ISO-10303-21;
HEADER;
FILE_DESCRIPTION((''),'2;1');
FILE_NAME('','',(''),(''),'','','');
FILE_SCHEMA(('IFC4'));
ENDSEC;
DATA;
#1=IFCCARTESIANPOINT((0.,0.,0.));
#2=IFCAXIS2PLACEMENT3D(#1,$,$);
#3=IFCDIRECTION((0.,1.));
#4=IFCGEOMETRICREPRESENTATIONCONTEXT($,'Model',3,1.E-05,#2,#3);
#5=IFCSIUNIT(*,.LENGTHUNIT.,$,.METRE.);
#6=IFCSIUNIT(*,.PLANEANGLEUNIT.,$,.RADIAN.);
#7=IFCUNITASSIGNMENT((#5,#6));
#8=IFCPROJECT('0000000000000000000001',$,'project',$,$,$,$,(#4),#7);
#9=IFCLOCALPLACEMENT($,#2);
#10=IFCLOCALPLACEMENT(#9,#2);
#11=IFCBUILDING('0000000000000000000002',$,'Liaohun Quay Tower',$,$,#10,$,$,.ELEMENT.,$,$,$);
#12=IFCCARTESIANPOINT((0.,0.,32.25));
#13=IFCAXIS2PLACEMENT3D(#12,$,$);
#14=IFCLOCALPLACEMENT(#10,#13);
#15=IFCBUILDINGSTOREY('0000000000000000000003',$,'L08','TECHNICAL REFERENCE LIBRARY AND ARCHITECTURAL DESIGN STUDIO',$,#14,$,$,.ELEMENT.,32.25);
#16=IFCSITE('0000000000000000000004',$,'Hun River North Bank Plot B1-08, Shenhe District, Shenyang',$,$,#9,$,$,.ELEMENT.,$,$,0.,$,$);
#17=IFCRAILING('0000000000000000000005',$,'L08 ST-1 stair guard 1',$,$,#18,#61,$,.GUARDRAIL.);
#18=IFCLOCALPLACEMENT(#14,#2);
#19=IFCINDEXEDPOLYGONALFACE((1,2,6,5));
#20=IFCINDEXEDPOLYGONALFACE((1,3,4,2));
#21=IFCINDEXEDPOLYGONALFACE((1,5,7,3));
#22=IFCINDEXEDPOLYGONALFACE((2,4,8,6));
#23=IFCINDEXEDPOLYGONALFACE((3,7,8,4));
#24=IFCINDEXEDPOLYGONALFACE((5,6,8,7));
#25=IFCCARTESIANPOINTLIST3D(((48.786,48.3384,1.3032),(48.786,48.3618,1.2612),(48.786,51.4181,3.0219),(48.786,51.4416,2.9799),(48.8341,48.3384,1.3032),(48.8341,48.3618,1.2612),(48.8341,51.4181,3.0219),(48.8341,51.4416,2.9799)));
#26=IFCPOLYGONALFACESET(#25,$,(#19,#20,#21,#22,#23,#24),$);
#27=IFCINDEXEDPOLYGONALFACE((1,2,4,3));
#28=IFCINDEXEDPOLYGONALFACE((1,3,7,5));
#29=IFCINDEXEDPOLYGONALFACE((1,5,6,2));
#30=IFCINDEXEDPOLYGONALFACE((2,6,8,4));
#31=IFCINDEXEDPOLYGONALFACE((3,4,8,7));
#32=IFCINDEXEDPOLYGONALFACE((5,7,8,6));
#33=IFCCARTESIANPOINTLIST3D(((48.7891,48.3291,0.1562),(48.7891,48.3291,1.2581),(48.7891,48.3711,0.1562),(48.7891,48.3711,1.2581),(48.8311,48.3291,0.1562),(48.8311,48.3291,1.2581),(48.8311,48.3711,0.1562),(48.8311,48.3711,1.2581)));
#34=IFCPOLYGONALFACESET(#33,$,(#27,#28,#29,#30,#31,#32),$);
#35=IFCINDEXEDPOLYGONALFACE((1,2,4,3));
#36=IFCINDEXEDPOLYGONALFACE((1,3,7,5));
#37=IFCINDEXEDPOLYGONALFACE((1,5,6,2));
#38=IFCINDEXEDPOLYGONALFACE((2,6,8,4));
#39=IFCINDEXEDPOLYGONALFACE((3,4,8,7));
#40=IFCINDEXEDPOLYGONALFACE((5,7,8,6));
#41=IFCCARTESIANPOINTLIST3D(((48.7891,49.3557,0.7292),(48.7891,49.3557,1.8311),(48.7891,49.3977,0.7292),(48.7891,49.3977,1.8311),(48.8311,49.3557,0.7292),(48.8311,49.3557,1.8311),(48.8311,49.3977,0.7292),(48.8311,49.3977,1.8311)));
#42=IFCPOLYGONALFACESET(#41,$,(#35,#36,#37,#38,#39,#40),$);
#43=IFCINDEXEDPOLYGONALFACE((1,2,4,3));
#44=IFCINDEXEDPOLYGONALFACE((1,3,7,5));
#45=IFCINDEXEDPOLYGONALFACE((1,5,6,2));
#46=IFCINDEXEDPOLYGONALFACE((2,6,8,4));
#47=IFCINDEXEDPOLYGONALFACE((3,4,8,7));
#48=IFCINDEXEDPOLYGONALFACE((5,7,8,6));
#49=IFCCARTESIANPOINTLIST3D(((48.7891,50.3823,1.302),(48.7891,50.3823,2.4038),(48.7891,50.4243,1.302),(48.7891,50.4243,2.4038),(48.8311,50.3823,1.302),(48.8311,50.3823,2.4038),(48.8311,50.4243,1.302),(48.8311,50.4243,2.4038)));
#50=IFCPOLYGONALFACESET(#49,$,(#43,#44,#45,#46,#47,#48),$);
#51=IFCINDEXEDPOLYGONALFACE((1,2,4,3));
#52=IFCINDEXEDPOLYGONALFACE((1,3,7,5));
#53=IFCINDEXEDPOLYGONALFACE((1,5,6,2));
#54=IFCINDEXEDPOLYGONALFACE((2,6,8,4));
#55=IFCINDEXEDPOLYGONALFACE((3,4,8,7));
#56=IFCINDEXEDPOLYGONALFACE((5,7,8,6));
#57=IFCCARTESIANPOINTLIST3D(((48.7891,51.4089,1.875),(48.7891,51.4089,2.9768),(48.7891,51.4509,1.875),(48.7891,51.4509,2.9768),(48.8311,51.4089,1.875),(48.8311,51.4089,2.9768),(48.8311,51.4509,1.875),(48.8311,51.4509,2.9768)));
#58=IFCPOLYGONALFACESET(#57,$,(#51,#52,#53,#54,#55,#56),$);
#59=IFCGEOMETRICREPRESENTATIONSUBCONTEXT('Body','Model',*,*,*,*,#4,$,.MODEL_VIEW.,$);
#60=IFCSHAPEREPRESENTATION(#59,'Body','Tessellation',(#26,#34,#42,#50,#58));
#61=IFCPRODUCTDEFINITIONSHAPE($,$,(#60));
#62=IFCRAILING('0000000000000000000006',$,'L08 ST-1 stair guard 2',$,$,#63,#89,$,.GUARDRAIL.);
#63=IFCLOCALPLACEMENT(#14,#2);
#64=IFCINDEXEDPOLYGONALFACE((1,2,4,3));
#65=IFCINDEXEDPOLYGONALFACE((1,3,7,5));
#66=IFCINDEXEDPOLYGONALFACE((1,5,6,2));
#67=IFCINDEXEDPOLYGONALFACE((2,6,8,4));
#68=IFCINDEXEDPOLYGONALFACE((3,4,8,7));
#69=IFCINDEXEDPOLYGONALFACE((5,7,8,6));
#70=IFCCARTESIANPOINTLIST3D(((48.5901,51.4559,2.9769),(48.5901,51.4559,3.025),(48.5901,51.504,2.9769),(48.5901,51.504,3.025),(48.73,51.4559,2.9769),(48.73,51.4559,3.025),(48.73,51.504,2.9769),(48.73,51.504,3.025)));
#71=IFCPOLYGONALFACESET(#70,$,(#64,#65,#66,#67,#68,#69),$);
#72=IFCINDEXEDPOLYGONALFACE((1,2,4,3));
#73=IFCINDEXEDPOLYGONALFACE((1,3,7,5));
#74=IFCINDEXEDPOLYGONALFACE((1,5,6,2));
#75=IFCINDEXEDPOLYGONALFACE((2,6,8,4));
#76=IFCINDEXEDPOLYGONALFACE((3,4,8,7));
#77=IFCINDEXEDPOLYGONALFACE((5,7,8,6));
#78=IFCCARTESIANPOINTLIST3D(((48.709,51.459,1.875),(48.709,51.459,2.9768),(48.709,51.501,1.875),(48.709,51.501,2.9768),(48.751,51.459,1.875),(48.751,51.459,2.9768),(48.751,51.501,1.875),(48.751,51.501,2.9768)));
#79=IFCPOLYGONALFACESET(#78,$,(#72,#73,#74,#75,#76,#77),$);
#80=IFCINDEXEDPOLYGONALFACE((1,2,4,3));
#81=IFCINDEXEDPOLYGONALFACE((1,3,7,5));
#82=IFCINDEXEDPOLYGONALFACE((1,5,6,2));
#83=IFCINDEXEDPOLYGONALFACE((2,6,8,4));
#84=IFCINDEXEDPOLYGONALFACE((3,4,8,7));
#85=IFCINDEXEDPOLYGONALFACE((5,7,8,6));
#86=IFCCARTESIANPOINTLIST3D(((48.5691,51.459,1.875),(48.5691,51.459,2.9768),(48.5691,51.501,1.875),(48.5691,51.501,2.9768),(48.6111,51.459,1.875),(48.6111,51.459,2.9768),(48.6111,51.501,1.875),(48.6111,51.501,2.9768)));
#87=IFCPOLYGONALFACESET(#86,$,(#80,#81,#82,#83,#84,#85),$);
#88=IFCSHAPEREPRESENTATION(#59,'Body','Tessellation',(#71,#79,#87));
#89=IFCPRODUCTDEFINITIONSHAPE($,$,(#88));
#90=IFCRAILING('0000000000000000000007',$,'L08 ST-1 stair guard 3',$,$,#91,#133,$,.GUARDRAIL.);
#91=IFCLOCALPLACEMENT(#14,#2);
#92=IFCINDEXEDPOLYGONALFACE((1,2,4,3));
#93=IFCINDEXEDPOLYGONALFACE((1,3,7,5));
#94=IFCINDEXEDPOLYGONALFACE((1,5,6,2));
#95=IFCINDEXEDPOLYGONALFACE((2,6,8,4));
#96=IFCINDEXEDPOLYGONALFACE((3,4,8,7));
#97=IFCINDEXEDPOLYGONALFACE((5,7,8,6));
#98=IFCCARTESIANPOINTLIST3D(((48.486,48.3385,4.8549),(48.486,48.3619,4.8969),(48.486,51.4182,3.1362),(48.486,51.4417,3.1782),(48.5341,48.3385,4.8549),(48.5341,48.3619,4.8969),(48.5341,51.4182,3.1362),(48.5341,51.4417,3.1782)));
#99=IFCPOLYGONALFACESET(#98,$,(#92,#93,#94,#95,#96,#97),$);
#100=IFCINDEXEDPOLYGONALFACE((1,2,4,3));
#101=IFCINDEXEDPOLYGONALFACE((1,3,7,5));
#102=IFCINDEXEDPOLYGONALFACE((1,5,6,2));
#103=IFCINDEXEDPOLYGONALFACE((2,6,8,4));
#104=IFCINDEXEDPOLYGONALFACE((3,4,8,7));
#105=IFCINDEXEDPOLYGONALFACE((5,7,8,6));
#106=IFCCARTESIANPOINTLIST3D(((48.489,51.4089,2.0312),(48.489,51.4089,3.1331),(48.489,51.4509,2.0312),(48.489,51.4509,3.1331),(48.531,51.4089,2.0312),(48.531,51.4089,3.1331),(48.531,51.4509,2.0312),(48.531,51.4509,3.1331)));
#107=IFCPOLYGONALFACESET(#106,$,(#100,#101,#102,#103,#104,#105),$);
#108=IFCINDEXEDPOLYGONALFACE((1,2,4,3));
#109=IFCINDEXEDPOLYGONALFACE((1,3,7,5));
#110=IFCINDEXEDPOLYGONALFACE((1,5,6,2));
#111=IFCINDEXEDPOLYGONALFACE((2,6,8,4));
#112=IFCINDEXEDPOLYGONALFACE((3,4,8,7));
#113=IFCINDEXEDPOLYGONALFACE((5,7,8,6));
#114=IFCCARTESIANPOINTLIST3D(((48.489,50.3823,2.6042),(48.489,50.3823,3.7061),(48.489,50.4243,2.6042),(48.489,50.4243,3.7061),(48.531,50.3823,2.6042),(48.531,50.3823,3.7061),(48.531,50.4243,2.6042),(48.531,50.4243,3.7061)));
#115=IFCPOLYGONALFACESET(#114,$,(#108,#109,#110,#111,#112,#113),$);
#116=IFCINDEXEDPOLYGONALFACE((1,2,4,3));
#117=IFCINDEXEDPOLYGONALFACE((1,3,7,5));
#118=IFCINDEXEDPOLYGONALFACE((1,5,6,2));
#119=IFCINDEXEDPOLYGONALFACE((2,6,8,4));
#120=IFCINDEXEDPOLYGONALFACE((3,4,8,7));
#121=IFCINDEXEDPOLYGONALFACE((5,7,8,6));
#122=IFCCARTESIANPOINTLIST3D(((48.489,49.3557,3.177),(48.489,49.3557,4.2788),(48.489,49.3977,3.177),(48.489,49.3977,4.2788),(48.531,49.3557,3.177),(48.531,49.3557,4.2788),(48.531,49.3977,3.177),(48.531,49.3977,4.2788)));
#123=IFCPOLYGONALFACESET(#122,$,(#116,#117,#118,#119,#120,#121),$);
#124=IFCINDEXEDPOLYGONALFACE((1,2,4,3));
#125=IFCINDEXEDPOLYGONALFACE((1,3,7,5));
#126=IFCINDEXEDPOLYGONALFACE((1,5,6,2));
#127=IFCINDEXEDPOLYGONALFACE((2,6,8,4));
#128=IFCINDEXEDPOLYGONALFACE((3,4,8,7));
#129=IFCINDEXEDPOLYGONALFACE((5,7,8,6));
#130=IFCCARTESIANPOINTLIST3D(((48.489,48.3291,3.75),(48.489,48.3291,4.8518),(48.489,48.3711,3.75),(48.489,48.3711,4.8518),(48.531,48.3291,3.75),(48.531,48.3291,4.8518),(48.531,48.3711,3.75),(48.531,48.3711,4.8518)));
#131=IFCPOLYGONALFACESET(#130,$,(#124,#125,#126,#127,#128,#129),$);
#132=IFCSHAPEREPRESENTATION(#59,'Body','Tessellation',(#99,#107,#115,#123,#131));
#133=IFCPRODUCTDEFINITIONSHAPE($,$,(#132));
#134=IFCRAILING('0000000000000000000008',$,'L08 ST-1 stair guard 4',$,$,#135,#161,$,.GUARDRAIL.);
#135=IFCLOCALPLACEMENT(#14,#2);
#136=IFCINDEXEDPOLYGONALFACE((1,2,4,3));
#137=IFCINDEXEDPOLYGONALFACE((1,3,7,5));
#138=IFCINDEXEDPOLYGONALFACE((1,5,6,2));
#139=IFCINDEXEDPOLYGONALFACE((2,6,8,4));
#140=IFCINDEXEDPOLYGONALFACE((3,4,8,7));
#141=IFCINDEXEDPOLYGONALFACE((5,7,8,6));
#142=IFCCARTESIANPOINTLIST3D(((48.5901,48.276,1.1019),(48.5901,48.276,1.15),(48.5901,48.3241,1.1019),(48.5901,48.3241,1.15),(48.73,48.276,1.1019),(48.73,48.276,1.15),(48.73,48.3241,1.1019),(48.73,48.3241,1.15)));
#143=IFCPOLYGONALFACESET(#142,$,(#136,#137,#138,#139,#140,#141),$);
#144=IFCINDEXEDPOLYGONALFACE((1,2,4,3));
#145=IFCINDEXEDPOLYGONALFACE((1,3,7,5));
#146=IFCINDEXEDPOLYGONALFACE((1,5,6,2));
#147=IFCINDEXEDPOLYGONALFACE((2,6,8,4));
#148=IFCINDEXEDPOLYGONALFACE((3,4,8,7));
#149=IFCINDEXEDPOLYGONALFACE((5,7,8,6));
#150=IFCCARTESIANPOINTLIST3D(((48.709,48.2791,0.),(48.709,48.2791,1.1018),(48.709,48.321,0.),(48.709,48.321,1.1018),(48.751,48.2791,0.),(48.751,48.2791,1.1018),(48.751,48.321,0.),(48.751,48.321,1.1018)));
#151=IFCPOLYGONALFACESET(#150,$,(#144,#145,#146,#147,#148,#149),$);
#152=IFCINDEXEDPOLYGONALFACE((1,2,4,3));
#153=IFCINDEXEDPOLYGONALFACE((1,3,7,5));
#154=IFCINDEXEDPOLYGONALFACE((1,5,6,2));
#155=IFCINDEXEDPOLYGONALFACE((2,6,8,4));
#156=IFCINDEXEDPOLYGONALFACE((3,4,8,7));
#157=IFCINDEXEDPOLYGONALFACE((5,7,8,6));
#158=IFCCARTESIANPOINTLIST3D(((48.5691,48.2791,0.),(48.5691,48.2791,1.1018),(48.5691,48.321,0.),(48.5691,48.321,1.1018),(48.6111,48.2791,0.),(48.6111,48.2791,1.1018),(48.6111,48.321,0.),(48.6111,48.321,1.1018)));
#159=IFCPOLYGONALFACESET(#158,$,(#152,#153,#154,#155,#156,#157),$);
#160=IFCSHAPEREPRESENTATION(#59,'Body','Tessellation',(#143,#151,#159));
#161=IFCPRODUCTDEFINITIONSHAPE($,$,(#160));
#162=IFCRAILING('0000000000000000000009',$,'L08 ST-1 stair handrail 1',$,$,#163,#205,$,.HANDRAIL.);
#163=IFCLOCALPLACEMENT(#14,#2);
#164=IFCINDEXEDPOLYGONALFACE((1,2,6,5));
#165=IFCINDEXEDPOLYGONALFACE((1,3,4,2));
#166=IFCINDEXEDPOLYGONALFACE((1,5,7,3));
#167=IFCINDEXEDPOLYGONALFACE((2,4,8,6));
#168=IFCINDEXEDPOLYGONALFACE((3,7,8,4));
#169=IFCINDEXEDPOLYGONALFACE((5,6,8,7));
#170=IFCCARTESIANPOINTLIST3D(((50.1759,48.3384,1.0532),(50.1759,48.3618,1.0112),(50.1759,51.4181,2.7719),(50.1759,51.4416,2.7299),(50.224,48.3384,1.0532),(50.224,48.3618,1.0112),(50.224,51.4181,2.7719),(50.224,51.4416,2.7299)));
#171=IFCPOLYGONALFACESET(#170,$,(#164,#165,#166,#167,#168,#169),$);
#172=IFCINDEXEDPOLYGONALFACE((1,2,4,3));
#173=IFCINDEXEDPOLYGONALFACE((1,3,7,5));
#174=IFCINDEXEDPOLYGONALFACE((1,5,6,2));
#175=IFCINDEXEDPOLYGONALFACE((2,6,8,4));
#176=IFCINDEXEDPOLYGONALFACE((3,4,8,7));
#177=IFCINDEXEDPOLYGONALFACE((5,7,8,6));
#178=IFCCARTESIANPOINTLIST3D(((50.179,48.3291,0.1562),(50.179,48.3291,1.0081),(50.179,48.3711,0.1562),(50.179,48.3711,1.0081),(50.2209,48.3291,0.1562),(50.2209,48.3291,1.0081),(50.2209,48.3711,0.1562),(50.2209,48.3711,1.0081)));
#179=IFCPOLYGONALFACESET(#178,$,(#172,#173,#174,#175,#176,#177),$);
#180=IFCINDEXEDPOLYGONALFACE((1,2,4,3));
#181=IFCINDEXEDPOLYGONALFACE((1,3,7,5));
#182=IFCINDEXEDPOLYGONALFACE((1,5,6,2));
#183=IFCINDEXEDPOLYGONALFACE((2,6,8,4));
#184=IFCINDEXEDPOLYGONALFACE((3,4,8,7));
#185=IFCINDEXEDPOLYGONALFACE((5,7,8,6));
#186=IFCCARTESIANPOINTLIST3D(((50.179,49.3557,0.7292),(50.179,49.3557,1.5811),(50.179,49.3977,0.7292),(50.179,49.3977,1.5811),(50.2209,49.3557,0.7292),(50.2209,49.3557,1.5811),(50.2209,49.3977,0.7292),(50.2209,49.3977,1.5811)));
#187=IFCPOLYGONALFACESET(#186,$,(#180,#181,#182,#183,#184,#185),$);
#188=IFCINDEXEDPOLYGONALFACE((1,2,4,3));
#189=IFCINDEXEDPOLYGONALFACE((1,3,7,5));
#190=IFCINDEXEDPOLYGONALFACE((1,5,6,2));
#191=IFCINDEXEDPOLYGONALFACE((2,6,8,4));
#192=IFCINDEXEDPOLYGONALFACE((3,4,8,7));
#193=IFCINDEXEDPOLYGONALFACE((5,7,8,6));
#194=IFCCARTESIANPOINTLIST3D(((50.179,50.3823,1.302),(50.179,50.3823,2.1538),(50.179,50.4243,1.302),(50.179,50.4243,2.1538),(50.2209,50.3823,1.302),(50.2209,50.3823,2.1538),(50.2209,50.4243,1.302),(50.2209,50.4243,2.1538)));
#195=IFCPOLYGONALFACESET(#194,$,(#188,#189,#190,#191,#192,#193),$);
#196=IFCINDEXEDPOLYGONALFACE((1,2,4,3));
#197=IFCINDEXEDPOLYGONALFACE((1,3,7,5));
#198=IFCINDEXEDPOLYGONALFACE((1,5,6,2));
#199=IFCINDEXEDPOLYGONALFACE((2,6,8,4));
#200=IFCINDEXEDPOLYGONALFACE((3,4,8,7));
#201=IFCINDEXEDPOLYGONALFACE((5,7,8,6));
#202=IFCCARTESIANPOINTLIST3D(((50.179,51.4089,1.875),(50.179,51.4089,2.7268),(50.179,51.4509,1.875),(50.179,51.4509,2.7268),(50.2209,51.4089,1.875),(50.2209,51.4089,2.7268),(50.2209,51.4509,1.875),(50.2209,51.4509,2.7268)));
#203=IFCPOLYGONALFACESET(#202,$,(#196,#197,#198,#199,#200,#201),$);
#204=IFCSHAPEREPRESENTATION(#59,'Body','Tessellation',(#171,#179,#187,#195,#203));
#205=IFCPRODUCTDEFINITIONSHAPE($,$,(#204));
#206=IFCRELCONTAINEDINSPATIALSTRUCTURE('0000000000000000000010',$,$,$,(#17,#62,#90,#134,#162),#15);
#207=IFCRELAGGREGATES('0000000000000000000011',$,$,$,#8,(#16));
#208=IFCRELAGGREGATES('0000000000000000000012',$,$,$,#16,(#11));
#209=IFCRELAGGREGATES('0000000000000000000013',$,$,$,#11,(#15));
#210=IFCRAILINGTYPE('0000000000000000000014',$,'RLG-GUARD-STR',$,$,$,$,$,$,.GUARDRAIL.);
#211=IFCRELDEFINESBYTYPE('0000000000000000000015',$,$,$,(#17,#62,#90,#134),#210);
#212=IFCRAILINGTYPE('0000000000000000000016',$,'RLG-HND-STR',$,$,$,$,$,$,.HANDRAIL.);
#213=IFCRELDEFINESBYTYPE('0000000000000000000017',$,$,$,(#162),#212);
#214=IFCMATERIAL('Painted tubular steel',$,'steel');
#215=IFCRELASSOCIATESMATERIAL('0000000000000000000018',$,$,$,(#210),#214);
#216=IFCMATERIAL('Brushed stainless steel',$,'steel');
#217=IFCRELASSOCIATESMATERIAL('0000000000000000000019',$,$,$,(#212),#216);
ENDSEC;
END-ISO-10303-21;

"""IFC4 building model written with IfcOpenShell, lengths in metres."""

from ifc_helpers import new_model, si_unit, direction, frame, origin, origin_2d, place, context, subcontext, project, spatial, rectangle, extrude, material, type_object, element, save


model = new_model("IFC4")

# Units and contexts
model_context = context("Model", 3, precision=1e-05, world=origin(), true_north=direction((0.0, 1.0)))
body_context = subcontext(model_context, "Body", "Model", "MODEL_VIEW")
ifc_project = project(units=[si_unit("LENGTHUNIT", "METRE"), si_unit("PLANEANGLEUNIT", "RADIAN")], contexts=[model_context])

# Site, building, storey
site_placement = place(None, origin())
site = spatial("IfcSite", under=ifc_project, at=site_placement, Name="Hun River North Bank Plot B1-08, Shenhe District, Shenyang", CompositionType="ELEMENT", RefElevation=0.0)
building_placement = place(site_placement, origin())
building = spatial("IfcBuilding", under=site, at=building_placement, Name="Liaohun Quay Tower", CompositionType="ELEMENT")
storey_placement = place(building_placement, frame((0.0, 0.0, 32.25)))
storey = spatial("IfcBuildingStorey", under=building, at=storey_placement, Name="L08", Description="TECHNICAL REFERENCE LIBRARY AND ARCHITECTURAL DESIGN STUDIO", CompositionType="ELEMENT", Elevation=32.25)

# Railings
ifc_material_1 = material(Name="Painted tubular steel", Category="steel")
railing_type_1 = type_object("IfcRailingType", Name="RLG-GUARD-STR", PredefinedType="GUARDRAIL", material=ifc_material_1)
railing_1_placement = place(storey_placement, frame((48.8101, 48.3501, 0.1562)))
element("IfcRailing", 1, at=railing_1_placement, inside=storey, type_object=railing_type_1, Name="L08 ST-1 stair guard 1", PredefinedType="GUARDRAIL", context=body_context, shape_type="SweptSolid", body=[
    extrude(rectangle(XDim=0.0481, YDim=0.0481, at=origin_2d()), frame((0.0, 0.0, 1.126), z_axis=(0.0, 0.873225, 0.487317), x_axis=(-1.0, 0.0, 0.0)), (0.0, 0.0, 1.0), 3.5269),
    extrude(rectangle(XDim=0.042, YDim=0.042, at=origin_2d()), origin(), (0.0, 0.0, 1.0), 1.1018),
    extrude(rectangle(XDim=0.042, YDim=0.042, at=origin_2d()), frame((0.0, 1.0266, 0.573)), (0.0, 0.0, 1.0), 1.1018),
    extrude(rectangle(XDim=0.042, YDim=0.042, at=origin_2d()), frame((0.0, 2.0532, 1.1458)), (0.0, 0.0, 1.0), 1.1018),
    extrude(rectangle(XDim=0.042, YDim=0.042, at=origin_2d()), frame((0.0, 3.0798, 1.7188)), (0.0, 0.0, 1.0), 1.1018),
])
railing_2_placement = place(storey_placement, frame((48.73, 51.48, 1.875)))
element("IfcRailing", 2, at=railing_2_placement, inside=storey, type_object=railing_type_1, Name="L08 ST-1 stair guard 2", PredefinedType="GUARDRAIL", context=body_context, shape_type="SweptSolid", body=[
    extrude(rectangle(XDim=0.0481, YDim=0.0481, at=origin_2d()), frame((0.0, 0.0, 1.126), z_axis=(-1.0, 0.0, 0.0), x_axis=(0.0, -1.0, 0.0)), (0.0, 0.0, 1.0), 0.1399),
    extrude(rectangle(XDim=0.042, YDim=0.042, at=origin_2d()), origin(), (0.0, 0.0, 1.0), 1.1018),
    extrude(rectangle(XDim=0.042, YDim=0.042, at=origin_2d()), frame((-0.1399, 0.0, 0.0)), (0.0, 0.0, 1.0), 1.1018),
])
railing_3_placement = place(storey_placement, frame((48.51, 51.4299, 2.0312)))
element("IfcRailing", 3, at=railing_3_placement, inside=storey, type_object=railing_type_1, Name="L08 ST-1 stair guard 3", PredefinedType="GUARDRAIL", context=body_context, shape_type="SweptSolid", body=[
    extrude(rectangle(XDim=0.0481, YDim=0.0481, at=origin_2d()), frame((0.0, 0.0, 1.126), z_axis=(0.0, -0.873225, 0.487317), x_axis=(1.0, 0.0, 0.0)), (0.0, 0.0, 1.0), 3.5269),
    extrude(rectangle(XDim=0.042, YDim=0.042, at=origin_2d()), origin(), (0.0, 0.0, 1.0), 1.1018),
    extrude(rectangle(XDim=0.042, YDim=0.042, at=origin_2d()), frame((0.0, -1.0266, 0.573)), (0.0, 0.0, 1.0), 1.1018),
    extrude(rectangle(XDim=0.042, YDim=0.042, at=origin_2d()), frame((0.0, -2.0532, 1.1458)), (0.0, 0.0, 1.0), 1.1018),
    extrude(rectangle(XDim=0.042, YDim=0.042, at=origin_2d()), frame((0.0, -3.0798, 1.7188)), (0.0, 0.0, 1.0), 1.1018),
])
railing_4_placement = place(storey_placement, frame((48.73, 48.3, 0.0)))
element("IfcRailing", 4, at=railing_4_placement, inside=storey, type_object=railing_type_1, Name="L08 ST-1 stair guard 4", PredefinedType="GUARDRAIL", context=body_context, shape_type="SweptSolid", body=[
    extrude(rectangle(XDim=0.0481, YDim=0.0481, at=origin_2d()), frame((0.0, 0.0, 1.126), z_axis=(-1.0, 0.0, 0.0), x_axis=(0.0, -1.0, 0.0)), (0.0, 0.0, 1.0), 0.1399),
    extrude(rectangle(XDim=0.042, YDim=0.042, at=origin_2d()), origin(), (0.0, 0.0, 1.0), 1.1018),
    extrude(rectangle(XDim=0.042, YDim=0.042, at=origin_2d()), frame((-0.1399, 0.0, 0.0)), (0.0, 0.0, 1.0), 1.1018),
])
ifc_material_2 = material(Name="Brushed stainless steel", Category="steel")
railing_type_2 = type_object("IfcRailingType", Name="RLG-HND-STR", PredefinedType="HANDRAIL", material=ifc_material_2)
railing_5_placement = place(storey_placement, frame((50.2, 48.3501, 0.1562)))
element("IfcRailing", 5, at=railing_5_placement, inside=storey, type_object=railing_type_2, Name="L08 ST-1 stair handrail 1", PredefinedType="HANDRAIL", context=body_context, shape_type="SweptSolid", body=[
    extrude(rectangle(XDim=0.0481, YDim=0.0481, at=origin_2d()), frame((0.0, 0.0, 0.876), z_axis=(0.0, 0.873225, 0.487317), x_axis=(-1.0, 0.0, 0.0)), (0.0, 0.0, 1.0), 3.5269),
    extrude(rectangle(XDim=0.042, YDim=0.042, at=origin_2d()), origin(), (0.0, 0.0, 1.0), 0.8518),
    extrude(rectangle(XDim=0.042, YDim=0.042, at=origin_2d()), frame((0.0, 1.0266, 0.573)), (0.0, 0.0, 1.0), 0.8518),
    extrude(rectangle(XDim=0.042, YDim=0.042, at=origin_2d()), frame((0.0, 2.0532, 1.1458)), (0.0, 0.0, 1.0), 0.8518),
    extrude(rectangle(XDim=0.042, YDim=0.042, at=origin_2d()), frame((0.0, 3.0798, 1.7188)), (0.0, 0.0, 1.0), 0.8518),
])

save(model, "model.ifc")
